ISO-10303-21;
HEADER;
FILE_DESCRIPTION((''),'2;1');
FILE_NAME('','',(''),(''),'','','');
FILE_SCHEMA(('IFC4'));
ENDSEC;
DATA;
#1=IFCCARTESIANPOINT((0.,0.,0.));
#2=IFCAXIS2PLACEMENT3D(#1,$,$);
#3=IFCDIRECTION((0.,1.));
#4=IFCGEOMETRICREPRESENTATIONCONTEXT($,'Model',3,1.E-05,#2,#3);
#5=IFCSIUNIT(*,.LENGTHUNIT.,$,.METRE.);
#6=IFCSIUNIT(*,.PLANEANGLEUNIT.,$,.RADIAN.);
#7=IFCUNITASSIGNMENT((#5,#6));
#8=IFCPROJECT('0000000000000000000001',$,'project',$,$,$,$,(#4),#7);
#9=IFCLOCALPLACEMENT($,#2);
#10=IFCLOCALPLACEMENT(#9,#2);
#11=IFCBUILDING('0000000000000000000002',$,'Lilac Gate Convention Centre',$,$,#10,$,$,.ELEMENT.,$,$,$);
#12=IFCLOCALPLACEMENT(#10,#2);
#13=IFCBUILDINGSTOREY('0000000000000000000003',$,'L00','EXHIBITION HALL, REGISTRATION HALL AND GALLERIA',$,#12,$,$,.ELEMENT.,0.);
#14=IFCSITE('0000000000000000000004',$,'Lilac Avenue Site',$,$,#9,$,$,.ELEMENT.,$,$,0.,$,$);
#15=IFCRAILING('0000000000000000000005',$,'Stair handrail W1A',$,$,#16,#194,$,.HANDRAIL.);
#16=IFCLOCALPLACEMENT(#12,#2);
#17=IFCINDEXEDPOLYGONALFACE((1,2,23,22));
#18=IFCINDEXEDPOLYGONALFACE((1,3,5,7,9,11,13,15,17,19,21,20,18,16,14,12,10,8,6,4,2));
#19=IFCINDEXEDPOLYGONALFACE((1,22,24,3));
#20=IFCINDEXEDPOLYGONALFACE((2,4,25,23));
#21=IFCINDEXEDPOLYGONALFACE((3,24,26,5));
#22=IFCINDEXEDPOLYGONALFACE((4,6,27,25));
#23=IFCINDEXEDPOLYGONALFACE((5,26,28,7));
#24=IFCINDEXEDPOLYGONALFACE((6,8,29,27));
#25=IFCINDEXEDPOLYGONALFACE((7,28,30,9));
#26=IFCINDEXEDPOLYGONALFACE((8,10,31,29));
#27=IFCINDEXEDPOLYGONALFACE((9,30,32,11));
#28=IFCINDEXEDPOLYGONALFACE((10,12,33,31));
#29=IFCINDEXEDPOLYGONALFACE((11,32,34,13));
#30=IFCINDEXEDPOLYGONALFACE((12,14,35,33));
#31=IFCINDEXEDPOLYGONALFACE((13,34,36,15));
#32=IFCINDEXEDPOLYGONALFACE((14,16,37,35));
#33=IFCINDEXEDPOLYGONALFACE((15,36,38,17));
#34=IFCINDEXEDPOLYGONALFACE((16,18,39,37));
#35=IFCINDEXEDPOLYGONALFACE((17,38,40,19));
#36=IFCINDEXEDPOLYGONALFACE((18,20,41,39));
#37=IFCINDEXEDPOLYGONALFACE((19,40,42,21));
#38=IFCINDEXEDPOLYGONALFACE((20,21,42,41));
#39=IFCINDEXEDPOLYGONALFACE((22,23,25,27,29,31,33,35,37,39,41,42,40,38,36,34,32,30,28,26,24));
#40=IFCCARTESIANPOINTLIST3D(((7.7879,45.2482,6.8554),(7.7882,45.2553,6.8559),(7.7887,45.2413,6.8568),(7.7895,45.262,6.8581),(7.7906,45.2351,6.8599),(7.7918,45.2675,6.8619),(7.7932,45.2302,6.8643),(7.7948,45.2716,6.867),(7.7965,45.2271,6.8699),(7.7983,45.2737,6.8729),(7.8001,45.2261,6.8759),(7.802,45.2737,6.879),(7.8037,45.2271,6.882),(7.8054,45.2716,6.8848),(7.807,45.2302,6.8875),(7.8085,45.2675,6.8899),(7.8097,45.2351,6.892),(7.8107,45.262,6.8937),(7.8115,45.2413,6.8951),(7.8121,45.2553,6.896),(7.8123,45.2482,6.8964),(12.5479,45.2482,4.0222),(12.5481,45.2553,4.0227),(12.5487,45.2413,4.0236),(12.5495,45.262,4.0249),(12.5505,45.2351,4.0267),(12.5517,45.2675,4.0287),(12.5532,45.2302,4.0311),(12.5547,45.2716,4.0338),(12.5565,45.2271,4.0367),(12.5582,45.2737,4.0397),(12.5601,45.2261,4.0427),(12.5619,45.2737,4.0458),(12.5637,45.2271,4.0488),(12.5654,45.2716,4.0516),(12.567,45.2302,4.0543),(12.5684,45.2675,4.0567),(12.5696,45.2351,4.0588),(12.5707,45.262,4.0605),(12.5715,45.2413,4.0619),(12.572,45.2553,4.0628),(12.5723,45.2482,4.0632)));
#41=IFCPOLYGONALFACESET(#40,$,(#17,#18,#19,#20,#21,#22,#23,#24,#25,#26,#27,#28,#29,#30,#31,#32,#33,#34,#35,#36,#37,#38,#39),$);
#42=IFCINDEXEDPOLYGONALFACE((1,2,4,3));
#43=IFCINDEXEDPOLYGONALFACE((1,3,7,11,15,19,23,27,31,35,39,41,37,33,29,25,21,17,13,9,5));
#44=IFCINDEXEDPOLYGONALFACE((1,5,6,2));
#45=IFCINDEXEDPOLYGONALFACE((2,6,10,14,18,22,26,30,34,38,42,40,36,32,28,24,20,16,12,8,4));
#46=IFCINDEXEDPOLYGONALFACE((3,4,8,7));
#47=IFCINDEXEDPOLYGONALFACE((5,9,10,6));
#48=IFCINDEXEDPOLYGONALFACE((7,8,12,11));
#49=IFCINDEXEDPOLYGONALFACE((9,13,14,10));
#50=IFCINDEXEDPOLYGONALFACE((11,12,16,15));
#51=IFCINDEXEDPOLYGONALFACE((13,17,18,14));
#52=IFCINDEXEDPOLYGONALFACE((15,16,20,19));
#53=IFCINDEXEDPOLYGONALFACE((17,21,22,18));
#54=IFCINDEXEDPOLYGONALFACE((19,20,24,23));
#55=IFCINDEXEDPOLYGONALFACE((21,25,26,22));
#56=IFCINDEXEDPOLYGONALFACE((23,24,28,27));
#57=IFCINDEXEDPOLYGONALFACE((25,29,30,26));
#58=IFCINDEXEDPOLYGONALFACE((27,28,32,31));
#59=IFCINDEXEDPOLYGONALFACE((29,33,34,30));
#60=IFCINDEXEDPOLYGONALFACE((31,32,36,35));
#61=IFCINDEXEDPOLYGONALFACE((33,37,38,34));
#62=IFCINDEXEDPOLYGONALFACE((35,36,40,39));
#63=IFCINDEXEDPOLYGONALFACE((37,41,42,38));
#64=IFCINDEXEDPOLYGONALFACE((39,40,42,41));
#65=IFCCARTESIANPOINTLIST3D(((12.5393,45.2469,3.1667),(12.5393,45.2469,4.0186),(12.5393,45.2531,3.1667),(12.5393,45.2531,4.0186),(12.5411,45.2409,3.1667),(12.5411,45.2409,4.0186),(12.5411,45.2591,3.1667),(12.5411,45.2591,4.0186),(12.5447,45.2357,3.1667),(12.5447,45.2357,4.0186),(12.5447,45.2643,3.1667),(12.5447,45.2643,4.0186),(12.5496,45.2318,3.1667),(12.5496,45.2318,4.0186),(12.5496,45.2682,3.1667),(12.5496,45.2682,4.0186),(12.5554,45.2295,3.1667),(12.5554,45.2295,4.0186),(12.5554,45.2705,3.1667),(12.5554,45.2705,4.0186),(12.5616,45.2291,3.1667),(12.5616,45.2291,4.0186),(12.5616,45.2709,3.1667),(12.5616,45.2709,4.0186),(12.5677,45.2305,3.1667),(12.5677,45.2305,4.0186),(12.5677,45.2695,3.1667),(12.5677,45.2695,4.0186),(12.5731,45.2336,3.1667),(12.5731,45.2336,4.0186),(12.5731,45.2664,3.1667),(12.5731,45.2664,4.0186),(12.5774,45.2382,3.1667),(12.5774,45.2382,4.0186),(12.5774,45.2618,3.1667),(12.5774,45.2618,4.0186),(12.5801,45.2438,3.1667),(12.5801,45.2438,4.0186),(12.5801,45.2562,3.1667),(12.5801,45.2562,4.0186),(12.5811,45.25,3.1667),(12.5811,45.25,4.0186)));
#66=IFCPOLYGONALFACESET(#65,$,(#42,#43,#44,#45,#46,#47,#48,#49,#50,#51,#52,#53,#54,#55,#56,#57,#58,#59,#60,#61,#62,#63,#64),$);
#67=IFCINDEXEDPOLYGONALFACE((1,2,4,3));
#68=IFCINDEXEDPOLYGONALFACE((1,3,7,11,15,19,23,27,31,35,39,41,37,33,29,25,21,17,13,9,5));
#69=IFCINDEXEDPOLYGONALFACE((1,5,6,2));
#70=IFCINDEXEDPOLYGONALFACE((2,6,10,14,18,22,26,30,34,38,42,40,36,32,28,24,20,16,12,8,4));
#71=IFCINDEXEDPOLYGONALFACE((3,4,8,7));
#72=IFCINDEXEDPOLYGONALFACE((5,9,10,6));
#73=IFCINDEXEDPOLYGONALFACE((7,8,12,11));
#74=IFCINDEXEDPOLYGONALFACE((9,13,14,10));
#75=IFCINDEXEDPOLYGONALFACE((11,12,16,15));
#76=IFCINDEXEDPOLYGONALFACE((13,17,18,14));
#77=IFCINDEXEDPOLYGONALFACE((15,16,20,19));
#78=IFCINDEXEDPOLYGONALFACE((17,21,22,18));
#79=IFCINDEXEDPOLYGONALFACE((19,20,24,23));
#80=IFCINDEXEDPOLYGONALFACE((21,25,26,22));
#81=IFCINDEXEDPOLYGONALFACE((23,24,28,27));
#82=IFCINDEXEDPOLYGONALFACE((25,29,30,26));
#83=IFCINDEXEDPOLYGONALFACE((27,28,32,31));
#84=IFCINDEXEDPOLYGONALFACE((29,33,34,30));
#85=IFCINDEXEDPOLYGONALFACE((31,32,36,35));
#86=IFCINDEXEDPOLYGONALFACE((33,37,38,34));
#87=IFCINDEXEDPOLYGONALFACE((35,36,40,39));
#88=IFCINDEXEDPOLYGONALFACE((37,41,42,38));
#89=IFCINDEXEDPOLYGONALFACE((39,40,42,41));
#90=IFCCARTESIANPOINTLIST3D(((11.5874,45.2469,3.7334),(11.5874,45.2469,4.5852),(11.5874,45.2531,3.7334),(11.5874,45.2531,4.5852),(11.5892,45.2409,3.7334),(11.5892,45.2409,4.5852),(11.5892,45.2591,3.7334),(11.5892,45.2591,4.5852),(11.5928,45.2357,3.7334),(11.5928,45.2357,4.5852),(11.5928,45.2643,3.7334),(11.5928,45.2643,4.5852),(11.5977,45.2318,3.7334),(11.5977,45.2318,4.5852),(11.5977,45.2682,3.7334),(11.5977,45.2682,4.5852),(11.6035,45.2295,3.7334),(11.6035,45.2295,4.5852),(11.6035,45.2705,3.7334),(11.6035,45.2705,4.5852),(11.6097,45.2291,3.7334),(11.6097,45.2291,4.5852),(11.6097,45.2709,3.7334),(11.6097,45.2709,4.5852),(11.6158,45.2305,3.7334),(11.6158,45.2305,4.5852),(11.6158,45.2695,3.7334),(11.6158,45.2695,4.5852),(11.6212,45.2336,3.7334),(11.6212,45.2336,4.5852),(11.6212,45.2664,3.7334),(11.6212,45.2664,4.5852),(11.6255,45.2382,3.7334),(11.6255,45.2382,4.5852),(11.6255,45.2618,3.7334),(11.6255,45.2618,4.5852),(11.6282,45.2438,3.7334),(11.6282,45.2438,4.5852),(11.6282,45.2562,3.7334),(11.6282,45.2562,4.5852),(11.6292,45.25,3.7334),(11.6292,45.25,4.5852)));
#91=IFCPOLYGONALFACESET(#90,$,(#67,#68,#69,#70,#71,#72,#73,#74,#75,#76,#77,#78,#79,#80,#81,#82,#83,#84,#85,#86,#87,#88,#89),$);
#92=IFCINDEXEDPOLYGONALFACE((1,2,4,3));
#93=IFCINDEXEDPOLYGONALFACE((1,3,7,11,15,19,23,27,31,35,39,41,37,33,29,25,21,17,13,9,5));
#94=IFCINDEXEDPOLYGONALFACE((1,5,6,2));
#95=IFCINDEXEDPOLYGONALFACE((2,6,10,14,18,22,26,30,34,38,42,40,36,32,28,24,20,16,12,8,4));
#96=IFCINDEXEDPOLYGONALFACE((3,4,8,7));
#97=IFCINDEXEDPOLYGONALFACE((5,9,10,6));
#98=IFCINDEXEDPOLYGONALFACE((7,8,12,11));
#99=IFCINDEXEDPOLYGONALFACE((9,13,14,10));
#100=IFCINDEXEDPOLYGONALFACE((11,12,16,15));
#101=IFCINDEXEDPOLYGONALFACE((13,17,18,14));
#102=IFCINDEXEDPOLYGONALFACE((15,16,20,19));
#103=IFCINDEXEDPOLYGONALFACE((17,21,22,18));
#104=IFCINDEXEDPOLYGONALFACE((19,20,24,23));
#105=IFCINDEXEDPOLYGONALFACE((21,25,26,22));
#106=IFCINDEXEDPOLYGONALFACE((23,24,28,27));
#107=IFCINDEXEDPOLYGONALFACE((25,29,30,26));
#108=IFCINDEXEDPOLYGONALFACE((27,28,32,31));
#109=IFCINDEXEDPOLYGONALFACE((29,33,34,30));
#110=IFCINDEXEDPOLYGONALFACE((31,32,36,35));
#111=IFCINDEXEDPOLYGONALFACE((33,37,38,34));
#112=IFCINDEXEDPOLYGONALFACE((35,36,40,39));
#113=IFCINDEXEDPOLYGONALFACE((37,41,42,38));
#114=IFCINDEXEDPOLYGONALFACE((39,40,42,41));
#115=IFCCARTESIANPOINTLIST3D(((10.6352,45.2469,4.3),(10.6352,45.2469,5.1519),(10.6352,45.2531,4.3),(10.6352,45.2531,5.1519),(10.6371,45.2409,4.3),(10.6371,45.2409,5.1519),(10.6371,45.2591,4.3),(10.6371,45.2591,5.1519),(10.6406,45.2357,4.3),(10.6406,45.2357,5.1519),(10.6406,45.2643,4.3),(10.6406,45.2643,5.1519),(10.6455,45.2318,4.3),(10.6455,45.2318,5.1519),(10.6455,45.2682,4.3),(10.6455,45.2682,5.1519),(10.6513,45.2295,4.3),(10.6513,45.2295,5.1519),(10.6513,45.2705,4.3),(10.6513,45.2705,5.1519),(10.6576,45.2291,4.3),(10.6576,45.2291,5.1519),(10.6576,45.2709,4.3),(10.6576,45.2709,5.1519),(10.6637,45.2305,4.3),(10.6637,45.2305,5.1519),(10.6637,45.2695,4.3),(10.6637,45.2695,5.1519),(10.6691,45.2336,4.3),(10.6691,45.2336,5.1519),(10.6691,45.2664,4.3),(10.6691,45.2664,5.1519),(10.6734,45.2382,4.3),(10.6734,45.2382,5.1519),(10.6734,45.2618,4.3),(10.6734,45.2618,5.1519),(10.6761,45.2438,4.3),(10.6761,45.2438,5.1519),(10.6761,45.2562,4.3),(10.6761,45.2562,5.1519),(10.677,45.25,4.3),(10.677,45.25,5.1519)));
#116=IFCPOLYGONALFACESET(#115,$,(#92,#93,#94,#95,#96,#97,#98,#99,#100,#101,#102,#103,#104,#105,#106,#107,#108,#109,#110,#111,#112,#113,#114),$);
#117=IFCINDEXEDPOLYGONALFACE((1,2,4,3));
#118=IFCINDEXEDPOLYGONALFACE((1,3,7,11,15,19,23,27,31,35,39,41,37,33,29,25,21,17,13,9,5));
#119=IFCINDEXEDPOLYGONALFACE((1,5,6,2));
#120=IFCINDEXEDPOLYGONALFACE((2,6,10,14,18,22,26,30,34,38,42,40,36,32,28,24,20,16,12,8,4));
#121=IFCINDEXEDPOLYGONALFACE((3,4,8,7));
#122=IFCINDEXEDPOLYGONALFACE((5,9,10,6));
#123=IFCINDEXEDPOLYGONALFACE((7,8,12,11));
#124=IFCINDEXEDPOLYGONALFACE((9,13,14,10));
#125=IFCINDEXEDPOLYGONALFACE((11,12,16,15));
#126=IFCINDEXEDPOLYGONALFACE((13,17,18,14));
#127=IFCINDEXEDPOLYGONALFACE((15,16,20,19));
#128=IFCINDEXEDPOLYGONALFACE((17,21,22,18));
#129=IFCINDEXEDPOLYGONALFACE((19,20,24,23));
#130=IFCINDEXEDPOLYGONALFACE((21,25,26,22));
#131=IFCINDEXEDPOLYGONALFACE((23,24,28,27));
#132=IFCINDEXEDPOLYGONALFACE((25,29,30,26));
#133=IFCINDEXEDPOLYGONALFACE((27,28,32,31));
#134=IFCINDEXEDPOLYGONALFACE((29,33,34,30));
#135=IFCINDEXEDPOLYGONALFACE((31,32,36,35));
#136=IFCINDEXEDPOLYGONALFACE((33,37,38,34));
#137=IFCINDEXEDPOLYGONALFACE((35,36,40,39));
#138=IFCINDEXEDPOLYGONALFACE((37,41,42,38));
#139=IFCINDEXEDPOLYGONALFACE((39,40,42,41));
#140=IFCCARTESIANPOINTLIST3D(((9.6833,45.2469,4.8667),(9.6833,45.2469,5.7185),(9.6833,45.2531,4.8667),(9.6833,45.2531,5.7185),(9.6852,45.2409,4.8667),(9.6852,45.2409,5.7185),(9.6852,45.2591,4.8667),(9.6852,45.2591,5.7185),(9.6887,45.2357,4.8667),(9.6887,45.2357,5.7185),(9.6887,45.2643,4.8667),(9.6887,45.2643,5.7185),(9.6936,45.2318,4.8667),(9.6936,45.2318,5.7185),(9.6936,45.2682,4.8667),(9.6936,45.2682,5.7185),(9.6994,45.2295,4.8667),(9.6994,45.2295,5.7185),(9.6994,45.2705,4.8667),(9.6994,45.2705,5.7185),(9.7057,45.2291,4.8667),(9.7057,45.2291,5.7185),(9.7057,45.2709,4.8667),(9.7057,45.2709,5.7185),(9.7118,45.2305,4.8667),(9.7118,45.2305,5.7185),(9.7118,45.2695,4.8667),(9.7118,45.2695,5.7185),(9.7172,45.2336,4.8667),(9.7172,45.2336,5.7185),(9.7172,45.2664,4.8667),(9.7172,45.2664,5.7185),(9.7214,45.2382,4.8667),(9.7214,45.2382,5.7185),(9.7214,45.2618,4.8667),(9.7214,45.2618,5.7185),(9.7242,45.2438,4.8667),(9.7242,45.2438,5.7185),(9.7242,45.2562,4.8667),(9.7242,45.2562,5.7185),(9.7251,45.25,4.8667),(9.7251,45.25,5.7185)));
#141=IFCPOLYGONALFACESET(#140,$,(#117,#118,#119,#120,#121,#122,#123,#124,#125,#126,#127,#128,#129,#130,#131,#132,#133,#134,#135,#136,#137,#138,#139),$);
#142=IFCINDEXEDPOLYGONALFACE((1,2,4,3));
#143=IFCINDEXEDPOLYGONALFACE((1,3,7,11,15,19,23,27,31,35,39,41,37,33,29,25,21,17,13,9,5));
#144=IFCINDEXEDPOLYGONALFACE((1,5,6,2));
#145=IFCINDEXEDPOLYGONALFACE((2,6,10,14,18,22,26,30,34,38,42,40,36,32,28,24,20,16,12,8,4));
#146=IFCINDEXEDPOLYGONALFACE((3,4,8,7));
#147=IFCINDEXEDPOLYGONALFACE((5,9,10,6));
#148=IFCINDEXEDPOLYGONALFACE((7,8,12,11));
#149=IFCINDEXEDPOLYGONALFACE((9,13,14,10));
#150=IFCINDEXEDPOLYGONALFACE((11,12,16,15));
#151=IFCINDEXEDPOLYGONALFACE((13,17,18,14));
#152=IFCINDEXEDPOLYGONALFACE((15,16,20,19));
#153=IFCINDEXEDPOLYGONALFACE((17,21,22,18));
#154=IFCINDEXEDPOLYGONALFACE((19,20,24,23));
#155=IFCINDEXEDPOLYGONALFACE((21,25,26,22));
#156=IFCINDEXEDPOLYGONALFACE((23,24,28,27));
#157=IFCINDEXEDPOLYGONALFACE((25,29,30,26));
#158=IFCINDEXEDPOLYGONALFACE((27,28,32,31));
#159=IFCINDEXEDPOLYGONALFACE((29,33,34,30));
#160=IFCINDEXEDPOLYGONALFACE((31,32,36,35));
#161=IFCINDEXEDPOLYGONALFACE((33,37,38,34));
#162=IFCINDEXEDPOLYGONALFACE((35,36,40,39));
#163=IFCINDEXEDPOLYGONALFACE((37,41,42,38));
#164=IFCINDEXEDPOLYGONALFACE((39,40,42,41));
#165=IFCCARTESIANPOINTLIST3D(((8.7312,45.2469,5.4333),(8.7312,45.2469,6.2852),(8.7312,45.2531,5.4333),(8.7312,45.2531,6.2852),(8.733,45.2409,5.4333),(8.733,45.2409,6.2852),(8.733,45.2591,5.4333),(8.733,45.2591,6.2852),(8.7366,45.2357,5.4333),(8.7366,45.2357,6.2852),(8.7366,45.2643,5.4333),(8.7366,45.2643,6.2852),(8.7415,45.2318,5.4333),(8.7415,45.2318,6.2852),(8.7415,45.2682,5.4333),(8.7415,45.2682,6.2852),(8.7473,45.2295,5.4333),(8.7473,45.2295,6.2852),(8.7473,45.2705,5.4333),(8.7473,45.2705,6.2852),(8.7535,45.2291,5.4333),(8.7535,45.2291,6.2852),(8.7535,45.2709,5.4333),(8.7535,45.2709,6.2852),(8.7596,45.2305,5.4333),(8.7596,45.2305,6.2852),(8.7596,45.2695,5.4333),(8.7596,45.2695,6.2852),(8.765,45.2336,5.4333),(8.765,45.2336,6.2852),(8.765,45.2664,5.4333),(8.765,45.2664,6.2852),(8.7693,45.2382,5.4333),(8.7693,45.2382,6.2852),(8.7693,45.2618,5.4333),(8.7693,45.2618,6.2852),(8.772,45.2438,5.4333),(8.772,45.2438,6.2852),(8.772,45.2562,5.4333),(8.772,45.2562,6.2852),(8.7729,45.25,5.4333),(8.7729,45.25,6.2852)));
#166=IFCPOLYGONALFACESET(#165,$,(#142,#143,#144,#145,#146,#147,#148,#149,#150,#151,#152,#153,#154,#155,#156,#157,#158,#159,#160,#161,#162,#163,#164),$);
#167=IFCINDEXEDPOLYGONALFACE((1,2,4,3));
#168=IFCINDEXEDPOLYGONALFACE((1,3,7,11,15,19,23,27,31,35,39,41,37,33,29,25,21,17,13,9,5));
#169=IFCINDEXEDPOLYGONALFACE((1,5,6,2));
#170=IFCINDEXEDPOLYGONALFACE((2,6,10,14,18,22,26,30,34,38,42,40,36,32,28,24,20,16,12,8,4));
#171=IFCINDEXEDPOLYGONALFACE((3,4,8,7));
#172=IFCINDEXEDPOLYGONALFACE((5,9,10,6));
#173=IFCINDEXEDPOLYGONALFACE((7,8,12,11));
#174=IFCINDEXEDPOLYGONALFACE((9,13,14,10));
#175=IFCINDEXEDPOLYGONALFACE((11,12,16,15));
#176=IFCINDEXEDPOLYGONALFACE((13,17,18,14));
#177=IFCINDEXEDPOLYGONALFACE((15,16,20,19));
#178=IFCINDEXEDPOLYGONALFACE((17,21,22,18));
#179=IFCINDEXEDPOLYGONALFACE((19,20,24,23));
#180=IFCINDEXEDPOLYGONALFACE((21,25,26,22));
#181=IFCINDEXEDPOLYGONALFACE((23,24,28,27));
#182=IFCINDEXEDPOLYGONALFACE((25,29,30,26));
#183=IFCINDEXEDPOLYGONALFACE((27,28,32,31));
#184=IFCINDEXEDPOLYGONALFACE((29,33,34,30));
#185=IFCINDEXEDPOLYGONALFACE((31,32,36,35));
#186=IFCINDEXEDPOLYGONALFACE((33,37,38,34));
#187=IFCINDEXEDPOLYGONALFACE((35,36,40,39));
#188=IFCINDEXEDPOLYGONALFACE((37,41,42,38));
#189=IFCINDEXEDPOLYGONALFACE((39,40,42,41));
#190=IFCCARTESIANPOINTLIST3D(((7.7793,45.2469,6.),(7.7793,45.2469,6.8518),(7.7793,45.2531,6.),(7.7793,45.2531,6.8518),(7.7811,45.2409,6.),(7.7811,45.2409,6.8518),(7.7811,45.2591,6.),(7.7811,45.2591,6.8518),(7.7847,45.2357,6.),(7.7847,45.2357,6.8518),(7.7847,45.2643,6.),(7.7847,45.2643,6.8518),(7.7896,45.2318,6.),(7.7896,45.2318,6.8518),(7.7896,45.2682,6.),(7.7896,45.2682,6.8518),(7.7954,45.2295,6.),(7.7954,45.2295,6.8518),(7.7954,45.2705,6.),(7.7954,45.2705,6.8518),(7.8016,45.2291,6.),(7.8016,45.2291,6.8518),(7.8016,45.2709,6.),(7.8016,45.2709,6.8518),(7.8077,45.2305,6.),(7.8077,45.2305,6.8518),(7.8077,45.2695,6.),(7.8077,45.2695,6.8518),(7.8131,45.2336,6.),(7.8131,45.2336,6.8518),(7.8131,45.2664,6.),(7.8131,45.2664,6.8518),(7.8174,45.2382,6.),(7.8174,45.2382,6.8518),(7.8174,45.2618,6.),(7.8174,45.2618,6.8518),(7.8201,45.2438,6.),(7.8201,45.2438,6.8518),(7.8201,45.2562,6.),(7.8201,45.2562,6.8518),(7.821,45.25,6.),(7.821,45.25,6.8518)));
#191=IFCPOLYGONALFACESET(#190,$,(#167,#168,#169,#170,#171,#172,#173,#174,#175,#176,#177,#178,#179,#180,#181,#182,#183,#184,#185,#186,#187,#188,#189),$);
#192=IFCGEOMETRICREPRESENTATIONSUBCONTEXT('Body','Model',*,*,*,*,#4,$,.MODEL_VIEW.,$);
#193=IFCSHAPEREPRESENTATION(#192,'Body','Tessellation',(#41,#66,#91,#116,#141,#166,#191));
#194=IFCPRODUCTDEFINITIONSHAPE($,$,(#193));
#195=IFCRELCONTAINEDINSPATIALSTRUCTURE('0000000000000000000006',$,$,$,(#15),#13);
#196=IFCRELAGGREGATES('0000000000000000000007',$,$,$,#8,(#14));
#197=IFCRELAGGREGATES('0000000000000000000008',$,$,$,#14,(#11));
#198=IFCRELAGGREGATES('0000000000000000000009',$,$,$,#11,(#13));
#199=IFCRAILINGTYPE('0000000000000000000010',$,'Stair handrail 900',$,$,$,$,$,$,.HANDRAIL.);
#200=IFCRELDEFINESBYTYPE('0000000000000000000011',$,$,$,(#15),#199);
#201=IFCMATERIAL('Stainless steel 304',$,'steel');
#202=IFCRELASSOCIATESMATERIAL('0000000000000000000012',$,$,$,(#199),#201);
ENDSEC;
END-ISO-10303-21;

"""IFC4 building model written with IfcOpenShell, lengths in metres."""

from ifc_helpers import new_model, si_unit, direction, frame, origin, origin_2d, place, context, subcontext, project, spatial, circle, extrude, material, type_object, element, save


model = new_model("IFC4")

# Units and contexts
model_context = context("Model", 3, precision=1e-05, world=origin(), true_north=direction((0.0, 1.0)))
body_context = subcontext(model_context, "Body", "Model", "MODEL_VIEW")
ifc_project = project(units=[si_unit("LENGTHUNIT", "METRE"), si_unit("PLANEANGLEUNIT", "RADIAN")], contexts=[model_context])

# Site, building, storey
site_placement = place(None, origin())
site = spatial("IfcSite", under=ifc_project, at=site_placement, Name="Lilac Avenue Site", CompositionType="ELEMENT", RefElevation=0.0)
building_placement = place(site_placement, origin())
building = spatial("IfcBuilding", under=site, at=building_placement, Name="Lilac Gate Convention Centre", CompositionType="ELEMENT")
storey_placement = place(building_placement, origin())
storey = spatial("IfcBuildingStorey", under=building, at=storey_placement, Name="L00", Description="EXHIBITION HALL, REGISTRATION HALL AND GALLERIA", CompositionType="ELEMENT", Elevation=0.0)

# Railing
ifc_material_1 = material(Name="Stainless steel 304", Category="steel")
railing_type_1 = type_object("IfcRailingType", Name="Stair handrail 900", PredefinedType="HANDRAIL", material=ifc_material_1)
for number, where, name in (
    (1, (12.5601, 45.25, 3.1667), "Stair handrail W1A"),
):
    element("IfcRailing", number, at=place(storey_placement, frame(where)), inside=storey, type_object=railing_type_1, Name=name, PredefinedType="HANDRAIL", context=body_context, shape_type="SweptSolid", body=[
        extrude(circle(Radius=0.0239, at=origin_2d()), frame((0.0, 0.0, 0.876), z_axis=(-0.8593, 0.0, 0.511472), x_axis=(0.0, -1.0, 0.0)), (0.0, 0.0, 1.0), 5.5393),
        extrude(circle(Radius=0.021, at=origin_2d()), origin(), (0.0, 0.0, 1.0), 0.8518),
        extrude(circle(Radius=0.021, at=origin_2d()), frame((-0.9519, 0.0, 0.5667)), (0.0, 0.0, 1.0), 0.8518),
        extrude(circle(Radius=0.021, at=origin_2d()), frame((-1.9041, 0.0, 1.1333)), (0.0, 0.0, 1.0), 0.8518),
        extrude(circle(Radius=0.021, at=origin_2d()), frame((-2.856, 0.0, 1.7)), (0.0, 0.0, 1.0), 0.8518),
        extrude(circle(Radius=0.021, at=origin_2d()), frame((-3.8081, 0.0, 2.2666)), (0.0, 0.0, 1.0), 0.8518),
        extrude(circle(Radius=0.021, at=origin_2d()), frame((-4.76, 0.0, 2.8333)), (0.0, 0.0, 1.0), 0.8518),
    ])

save(model, "model.ifc")
